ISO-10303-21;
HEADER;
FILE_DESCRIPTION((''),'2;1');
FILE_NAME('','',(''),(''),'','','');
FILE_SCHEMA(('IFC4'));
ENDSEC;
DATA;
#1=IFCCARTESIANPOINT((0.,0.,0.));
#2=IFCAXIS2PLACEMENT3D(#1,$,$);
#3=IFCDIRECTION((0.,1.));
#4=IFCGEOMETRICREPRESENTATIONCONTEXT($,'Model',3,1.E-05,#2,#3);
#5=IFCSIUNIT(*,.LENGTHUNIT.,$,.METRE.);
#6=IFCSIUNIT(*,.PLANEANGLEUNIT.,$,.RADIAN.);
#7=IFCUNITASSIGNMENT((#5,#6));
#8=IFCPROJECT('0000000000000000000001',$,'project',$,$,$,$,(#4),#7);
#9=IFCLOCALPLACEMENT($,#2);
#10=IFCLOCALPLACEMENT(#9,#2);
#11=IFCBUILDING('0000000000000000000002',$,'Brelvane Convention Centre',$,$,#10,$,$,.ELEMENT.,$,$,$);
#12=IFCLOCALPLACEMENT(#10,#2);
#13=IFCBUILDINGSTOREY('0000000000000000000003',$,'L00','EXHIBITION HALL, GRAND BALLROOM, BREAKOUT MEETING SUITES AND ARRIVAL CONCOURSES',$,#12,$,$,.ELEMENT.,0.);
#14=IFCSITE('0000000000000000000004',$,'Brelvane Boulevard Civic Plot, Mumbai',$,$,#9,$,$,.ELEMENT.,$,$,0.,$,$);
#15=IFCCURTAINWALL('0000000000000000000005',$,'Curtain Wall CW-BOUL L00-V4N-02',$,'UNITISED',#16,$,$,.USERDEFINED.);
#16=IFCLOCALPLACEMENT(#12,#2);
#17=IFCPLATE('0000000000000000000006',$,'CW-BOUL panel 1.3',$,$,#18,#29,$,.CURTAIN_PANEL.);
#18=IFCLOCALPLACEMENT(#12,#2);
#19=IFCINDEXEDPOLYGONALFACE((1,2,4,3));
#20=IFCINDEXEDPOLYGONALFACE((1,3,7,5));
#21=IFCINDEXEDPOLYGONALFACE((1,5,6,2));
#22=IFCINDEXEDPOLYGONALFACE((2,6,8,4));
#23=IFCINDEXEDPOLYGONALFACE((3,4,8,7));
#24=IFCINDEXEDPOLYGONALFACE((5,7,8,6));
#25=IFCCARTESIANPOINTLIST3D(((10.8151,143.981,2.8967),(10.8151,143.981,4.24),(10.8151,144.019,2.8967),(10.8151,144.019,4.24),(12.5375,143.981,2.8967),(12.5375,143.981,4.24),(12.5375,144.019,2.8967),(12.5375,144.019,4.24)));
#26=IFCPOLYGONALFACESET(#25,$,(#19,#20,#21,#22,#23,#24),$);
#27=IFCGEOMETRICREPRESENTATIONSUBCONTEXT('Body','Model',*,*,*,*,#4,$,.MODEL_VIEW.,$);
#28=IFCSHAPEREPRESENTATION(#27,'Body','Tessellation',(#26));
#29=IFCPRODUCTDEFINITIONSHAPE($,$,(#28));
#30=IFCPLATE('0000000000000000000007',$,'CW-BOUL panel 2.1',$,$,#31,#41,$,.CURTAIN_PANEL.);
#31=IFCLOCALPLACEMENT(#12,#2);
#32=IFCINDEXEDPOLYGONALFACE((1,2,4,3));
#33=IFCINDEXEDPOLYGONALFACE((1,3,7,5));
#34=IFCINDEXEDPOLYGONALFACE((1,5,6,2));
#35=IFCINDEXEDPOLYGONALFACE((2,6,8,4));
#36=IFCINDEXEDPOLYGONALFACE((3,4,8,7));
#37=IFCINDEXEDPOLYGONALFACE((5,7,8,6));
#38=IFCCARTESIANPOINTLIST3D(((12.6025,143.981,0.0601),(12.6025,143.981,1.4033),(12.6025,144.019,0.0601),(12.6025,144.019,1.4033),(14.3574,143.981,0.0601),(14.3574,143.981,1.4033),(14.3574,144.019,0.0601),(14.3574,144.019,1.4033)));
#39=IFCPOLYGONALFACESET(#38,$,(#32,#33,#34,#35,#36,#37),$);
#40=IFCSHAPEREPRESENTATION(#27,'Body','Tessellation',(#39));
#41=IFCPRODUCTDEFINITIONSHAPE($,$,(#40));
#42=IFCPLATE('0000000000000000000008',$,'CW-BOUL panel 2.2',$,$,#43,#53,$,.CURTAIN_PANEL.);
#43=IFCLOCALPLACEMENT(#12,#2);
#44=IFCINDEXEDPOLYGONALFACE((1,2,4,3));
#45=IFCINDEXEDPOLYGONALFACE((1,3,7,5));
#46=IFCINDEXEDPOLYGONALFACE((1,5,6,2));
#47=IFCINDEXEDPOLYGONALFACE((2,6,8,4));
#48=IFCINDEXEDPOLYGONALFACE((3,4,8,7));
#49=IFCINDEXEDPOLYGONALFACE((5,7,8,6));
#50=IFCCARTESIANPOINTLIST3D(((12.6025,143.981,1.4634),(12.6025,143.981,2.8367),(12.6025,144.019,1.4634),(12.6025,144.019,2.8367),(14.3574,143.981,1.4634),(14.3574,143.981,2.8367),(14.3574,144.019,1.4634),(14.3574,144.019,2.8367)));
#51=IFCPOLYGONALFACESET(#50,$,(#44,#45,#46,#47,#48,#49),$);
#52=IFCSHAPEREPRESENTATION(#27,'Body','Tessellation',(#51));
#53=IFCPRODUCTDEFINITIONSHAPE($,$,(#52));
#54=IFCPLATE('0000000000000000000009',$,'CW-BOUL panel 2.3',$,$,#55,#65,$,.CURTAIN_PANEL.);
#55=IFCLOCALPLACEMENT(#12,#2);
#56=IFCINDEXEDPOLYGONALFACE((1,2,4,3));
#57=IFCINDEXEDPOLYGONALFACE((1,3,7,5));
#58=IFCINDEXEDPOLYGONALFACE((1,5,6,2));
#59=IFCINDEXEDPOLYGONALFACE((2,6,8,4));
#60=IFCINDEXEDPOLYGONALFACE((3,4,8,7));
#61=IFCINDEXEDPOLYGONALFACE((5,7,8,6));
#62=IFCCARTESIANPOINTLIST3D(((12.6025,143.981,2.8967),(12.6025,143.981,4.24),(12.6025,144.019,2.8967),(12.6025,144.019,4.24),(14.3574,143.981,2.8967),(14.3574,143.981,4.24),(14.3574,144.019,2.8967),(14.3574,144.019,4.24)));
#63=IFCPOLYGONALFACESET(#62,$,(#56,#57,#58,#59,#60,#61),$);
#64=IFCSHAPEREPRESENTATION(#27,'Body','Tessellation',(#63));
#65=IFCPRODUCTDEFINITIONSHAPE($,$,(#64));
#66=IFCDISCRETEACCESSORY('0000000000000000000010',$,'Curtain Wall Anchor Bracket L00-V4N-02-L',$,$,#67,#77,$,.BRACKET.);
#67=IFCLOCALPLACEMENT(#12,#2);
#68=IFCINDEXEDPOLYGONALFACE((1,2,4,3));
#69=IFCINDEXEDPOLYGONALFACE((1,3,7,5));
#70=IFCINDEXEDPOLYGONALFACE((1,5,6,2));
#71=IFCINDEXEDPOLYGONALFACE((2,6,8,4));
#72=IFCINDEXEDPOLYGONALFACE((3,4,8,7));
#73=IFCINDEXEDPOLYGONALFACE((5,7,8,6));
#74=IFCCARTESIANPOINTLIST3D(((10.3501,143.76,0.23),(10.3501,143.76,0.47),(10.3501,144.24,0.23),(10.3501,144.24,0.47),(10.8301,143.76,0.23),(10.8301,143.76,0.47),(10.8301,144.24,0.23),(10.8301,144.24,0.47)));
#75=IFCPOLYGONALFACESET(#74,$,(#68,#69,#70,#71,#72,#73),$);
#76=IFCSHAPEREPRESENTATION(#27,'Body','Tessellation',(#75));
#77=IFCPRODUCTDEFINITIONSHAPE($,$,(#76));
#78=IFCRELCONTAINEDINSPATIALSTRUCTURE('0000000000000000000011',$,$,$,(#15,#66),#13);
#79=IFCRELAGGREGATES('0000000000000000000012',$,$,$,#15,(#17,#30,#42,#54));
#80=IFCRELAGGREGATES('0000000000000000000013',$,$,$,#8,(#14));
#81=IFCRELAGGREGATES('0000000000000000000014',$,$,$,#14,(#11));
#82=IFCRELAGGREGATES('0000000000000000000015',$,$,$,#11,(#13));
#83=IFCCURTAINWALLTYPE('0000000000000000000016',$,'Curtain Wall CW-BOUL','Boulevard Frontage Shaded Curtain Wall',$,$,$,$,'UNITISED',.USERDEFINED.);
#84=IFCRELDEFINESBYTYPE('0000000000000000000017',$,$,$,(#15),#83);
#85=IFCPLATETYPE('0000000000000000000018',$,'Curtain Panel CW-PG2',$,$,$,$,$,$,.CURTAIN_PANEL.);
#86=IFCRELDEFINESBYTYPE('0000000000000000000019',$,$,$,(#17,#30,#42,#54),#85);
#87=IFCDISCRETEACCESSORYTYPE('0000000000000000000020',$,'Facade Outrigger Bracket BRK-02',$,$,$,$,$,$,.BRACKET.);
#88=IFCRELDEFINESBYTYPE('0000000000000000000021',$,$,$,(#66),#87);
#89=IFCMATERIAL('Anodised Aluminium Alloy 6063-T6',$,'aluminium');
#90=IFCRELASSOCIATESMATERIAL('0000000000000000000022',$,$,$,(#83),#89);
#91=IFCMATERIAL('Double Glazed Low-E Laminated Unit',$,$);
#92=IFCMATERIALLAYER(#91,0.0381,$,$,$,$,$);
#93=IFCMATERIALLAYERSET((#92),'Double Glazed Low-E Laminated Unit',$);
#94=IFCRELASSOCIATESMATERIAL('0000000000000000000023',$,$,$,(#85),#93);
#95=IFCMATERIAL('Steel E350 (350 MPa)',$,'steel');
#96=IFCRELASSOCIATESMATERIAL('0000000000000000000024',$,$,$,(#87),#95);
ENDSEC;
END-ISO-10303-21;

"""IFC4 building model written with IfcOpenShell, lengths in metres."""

from ifc_helpers import new_model, si_unit, direction, frame, origin, origin_2d, place, context, subcontext, project, spatial, rectangle, extrude, material, layer, layer_set, type_object, element, aggregate, save


model = new_model("IFC4")

# Units and contexts
model_context = context("Model", 3, precision=1e-05, world=origin(), true_north=direction((0.0, 1.0)))
body_context = subcontext(model_context, "Body", "Model", "MODEL_VIEW")
ifc_project = project(units=[si_unit("LENGTHUNIT", "METRE"), si_unit("PLANEANGLEUNIT", "RADIAN")], contexts=[model_context])

# Site, building, storey
site_placement = place(None, origin())
site = spatial("IfcSite", under=ifc_project, at=site_placement, Name="Brelvane Boulevard Civic Plot, Mumbai", CompositionType="ELEMENT", RefElevation=0.0)
building_placement = place(site_placement, origin())
building = spatial("IfcBuilding", under=site, at=building_placement, Name="Brelvane Convention Centre", CompositionType="ELEMENT")
storey_placement = place(building_placement, origin())
storey = spatial("IfcBuildingStorey", under=building, at=storey_placement, Name="L00", Description="EXHIBITION HALL, GRAND BALLROOM, BREAKOUT MEETING SUITES AND ARRIVAL CONCOURSES", CompositionType="ELEMENT", Elevation=0.0)

# Curtain wall
ifc_material_1 = material(Name="Anodised Aluminium Alloy 6063-T6", Category="aluminium")
curtain_wall_type = type_object("IfcCurtainWallType", Name="Curtain Wall CW-BOUL", Description="Boulevard Frontage Shaded Curtain Wall", ElementType="UNITISED", PredefinedType="USERDEFINED", material=ifc_material_1)
curtain_wall_placement = place(storey_placement, origin())
curtain_wall = element("IfcCurtainWall", 1, at=curtain_wall_placement, inside=storey, type_object=curtain_wall_type, Name="Curtain Wall CW-BOUL L00-V4N-02", ObjectType="UNITISED", PredefinedType="USERDEFINED")

# Plates
ifc_material_2 = material(Name="Double Glazed Low-E Laminated Unit")
ifc_layer = layer(ifc_material_2, 0.0381)
ifc_layer_set = layer_set([ifc_layer], Name="Double Glazed Low-E Laminated Unit")
plate_type = type_object("IfcPlateType", Name="Curtain Panel CW-PG2", PredefinedType="CURTAIN_PANEL", material=ifc_layer_set)
plate_1_placement = place(storey_placement, frame((11.6763, 144.0, 2.8967), z_axis=(0.0, 0.0, 1.0), x_axis=(1.0, 0.0, 0.0)))
plate_1 = element("IfcPlate", 2, at=plate_1_placement, type_object=plate_type, Name="CW-BOUL panel 1.3", PredefinedType="CURTAIN_PANEL", context=body_context, shape_type="SweptSolid", body=[
    extrude(rectangle(XDim=1.7224, YDim=0.0381, at=origin_2d()), origin(), (0.0, 0.0, 1.0), 1.3433),
])
plate_2_placement = place(storey_placement, frame((13.48, 144.0, 0.0601), z_axis=(0.0, 0.0, 1.0), x_axis=(1.0, 0.0, 0.0)))
plate_2 = element("IfcPlate", 3, at=plate_2_placement, type_object=plate_type, Name="CW-BOUL panel 2.1", PredefinedType="CURTAIN_PANEL", context=body_context, shape_type="SweptSolid", body=[
    extrude(rectangle(XDim=1.7549, YDim=0.0381, at=origin_2d()), origin(), (0.0, 0.0, 1.0), 1.3433),
])
plate_3_placement = place(storey_placement, frame((13.48, 144.0, 1.4634), z_axis=(0.0, 0.0, 1.0), x_axis=(1.0, 0.0, 0.0)))
plate_3 = element("IfcPlate", 4, at=plate_3_placement, type_object=plate_type, Name="CW-BOUL panel 2.2", PredefinedType="CURTAIN_PANEL", context=body_context, shape_type="SweptSolid", body=[
    extrude(rectangle(XDim=1.7549, YDim=0.0381, at=origin_2d()), origin(), (0.0, 0.0, 1.0), 1.3733),
])
plate_4_placement = place(storey_placement, frame((13.48, 144.0, 2.8967), z_axis=(0.0, 0.0, 1.0), x_axis=(1.0, 0.0, 0.0)))
plate_4 = element("IfcPlate", 5, at=plate_4_placement, type_object=plate_type, Name="CW-BOUL panel 2.3", PredefinedType="CURTAIN_PANEL", context=body_context, shape_type="SweptSolid", body=[
    extrude(rectangle(XDim=1.7549, YDim=0.0381, at=origin_2d()), origin(), (0.0, 0.0, 1.0), 1.3433),
])
aggregate(curtain_wall, [plate_1, plate_2, plate_3, plate_4])

# Discrete accessory
ifc_material_3 = material(Name="Steel E350 (350 MPa)", Category="steel")
discrete_accessory_type = type_object("IfcDiscreteAccessoryType", Name="Facade Outrigger Bracket BRK-02", PredefinedType="BRACKET", material=ifc_material_3)
discrete_accessory_placement = place(storey_placement, frame((10.5901, 144.0, 0.23), z_axis=(0.0, 0.0, 1.0), x_axis=(1.0, 0.0, 0.0)))
element("IfcDiscreteAccessory", 6, at=discrete_accessory_placement, inside=storey, type_object=discrete_accessory_type, Name="Curtain Wall Anchor Bracket L00-V4N-02-L", PredefinedType="BRACKET", context=body_context, shape_type="SweptSolid", body=[
    extrude(rectangle(XDim=0.48, YDim=0.48, at=origin_2d()), origin(), (0.0, 0.0, 1.0), 0.24),
])

save(model, "model.ifc")
